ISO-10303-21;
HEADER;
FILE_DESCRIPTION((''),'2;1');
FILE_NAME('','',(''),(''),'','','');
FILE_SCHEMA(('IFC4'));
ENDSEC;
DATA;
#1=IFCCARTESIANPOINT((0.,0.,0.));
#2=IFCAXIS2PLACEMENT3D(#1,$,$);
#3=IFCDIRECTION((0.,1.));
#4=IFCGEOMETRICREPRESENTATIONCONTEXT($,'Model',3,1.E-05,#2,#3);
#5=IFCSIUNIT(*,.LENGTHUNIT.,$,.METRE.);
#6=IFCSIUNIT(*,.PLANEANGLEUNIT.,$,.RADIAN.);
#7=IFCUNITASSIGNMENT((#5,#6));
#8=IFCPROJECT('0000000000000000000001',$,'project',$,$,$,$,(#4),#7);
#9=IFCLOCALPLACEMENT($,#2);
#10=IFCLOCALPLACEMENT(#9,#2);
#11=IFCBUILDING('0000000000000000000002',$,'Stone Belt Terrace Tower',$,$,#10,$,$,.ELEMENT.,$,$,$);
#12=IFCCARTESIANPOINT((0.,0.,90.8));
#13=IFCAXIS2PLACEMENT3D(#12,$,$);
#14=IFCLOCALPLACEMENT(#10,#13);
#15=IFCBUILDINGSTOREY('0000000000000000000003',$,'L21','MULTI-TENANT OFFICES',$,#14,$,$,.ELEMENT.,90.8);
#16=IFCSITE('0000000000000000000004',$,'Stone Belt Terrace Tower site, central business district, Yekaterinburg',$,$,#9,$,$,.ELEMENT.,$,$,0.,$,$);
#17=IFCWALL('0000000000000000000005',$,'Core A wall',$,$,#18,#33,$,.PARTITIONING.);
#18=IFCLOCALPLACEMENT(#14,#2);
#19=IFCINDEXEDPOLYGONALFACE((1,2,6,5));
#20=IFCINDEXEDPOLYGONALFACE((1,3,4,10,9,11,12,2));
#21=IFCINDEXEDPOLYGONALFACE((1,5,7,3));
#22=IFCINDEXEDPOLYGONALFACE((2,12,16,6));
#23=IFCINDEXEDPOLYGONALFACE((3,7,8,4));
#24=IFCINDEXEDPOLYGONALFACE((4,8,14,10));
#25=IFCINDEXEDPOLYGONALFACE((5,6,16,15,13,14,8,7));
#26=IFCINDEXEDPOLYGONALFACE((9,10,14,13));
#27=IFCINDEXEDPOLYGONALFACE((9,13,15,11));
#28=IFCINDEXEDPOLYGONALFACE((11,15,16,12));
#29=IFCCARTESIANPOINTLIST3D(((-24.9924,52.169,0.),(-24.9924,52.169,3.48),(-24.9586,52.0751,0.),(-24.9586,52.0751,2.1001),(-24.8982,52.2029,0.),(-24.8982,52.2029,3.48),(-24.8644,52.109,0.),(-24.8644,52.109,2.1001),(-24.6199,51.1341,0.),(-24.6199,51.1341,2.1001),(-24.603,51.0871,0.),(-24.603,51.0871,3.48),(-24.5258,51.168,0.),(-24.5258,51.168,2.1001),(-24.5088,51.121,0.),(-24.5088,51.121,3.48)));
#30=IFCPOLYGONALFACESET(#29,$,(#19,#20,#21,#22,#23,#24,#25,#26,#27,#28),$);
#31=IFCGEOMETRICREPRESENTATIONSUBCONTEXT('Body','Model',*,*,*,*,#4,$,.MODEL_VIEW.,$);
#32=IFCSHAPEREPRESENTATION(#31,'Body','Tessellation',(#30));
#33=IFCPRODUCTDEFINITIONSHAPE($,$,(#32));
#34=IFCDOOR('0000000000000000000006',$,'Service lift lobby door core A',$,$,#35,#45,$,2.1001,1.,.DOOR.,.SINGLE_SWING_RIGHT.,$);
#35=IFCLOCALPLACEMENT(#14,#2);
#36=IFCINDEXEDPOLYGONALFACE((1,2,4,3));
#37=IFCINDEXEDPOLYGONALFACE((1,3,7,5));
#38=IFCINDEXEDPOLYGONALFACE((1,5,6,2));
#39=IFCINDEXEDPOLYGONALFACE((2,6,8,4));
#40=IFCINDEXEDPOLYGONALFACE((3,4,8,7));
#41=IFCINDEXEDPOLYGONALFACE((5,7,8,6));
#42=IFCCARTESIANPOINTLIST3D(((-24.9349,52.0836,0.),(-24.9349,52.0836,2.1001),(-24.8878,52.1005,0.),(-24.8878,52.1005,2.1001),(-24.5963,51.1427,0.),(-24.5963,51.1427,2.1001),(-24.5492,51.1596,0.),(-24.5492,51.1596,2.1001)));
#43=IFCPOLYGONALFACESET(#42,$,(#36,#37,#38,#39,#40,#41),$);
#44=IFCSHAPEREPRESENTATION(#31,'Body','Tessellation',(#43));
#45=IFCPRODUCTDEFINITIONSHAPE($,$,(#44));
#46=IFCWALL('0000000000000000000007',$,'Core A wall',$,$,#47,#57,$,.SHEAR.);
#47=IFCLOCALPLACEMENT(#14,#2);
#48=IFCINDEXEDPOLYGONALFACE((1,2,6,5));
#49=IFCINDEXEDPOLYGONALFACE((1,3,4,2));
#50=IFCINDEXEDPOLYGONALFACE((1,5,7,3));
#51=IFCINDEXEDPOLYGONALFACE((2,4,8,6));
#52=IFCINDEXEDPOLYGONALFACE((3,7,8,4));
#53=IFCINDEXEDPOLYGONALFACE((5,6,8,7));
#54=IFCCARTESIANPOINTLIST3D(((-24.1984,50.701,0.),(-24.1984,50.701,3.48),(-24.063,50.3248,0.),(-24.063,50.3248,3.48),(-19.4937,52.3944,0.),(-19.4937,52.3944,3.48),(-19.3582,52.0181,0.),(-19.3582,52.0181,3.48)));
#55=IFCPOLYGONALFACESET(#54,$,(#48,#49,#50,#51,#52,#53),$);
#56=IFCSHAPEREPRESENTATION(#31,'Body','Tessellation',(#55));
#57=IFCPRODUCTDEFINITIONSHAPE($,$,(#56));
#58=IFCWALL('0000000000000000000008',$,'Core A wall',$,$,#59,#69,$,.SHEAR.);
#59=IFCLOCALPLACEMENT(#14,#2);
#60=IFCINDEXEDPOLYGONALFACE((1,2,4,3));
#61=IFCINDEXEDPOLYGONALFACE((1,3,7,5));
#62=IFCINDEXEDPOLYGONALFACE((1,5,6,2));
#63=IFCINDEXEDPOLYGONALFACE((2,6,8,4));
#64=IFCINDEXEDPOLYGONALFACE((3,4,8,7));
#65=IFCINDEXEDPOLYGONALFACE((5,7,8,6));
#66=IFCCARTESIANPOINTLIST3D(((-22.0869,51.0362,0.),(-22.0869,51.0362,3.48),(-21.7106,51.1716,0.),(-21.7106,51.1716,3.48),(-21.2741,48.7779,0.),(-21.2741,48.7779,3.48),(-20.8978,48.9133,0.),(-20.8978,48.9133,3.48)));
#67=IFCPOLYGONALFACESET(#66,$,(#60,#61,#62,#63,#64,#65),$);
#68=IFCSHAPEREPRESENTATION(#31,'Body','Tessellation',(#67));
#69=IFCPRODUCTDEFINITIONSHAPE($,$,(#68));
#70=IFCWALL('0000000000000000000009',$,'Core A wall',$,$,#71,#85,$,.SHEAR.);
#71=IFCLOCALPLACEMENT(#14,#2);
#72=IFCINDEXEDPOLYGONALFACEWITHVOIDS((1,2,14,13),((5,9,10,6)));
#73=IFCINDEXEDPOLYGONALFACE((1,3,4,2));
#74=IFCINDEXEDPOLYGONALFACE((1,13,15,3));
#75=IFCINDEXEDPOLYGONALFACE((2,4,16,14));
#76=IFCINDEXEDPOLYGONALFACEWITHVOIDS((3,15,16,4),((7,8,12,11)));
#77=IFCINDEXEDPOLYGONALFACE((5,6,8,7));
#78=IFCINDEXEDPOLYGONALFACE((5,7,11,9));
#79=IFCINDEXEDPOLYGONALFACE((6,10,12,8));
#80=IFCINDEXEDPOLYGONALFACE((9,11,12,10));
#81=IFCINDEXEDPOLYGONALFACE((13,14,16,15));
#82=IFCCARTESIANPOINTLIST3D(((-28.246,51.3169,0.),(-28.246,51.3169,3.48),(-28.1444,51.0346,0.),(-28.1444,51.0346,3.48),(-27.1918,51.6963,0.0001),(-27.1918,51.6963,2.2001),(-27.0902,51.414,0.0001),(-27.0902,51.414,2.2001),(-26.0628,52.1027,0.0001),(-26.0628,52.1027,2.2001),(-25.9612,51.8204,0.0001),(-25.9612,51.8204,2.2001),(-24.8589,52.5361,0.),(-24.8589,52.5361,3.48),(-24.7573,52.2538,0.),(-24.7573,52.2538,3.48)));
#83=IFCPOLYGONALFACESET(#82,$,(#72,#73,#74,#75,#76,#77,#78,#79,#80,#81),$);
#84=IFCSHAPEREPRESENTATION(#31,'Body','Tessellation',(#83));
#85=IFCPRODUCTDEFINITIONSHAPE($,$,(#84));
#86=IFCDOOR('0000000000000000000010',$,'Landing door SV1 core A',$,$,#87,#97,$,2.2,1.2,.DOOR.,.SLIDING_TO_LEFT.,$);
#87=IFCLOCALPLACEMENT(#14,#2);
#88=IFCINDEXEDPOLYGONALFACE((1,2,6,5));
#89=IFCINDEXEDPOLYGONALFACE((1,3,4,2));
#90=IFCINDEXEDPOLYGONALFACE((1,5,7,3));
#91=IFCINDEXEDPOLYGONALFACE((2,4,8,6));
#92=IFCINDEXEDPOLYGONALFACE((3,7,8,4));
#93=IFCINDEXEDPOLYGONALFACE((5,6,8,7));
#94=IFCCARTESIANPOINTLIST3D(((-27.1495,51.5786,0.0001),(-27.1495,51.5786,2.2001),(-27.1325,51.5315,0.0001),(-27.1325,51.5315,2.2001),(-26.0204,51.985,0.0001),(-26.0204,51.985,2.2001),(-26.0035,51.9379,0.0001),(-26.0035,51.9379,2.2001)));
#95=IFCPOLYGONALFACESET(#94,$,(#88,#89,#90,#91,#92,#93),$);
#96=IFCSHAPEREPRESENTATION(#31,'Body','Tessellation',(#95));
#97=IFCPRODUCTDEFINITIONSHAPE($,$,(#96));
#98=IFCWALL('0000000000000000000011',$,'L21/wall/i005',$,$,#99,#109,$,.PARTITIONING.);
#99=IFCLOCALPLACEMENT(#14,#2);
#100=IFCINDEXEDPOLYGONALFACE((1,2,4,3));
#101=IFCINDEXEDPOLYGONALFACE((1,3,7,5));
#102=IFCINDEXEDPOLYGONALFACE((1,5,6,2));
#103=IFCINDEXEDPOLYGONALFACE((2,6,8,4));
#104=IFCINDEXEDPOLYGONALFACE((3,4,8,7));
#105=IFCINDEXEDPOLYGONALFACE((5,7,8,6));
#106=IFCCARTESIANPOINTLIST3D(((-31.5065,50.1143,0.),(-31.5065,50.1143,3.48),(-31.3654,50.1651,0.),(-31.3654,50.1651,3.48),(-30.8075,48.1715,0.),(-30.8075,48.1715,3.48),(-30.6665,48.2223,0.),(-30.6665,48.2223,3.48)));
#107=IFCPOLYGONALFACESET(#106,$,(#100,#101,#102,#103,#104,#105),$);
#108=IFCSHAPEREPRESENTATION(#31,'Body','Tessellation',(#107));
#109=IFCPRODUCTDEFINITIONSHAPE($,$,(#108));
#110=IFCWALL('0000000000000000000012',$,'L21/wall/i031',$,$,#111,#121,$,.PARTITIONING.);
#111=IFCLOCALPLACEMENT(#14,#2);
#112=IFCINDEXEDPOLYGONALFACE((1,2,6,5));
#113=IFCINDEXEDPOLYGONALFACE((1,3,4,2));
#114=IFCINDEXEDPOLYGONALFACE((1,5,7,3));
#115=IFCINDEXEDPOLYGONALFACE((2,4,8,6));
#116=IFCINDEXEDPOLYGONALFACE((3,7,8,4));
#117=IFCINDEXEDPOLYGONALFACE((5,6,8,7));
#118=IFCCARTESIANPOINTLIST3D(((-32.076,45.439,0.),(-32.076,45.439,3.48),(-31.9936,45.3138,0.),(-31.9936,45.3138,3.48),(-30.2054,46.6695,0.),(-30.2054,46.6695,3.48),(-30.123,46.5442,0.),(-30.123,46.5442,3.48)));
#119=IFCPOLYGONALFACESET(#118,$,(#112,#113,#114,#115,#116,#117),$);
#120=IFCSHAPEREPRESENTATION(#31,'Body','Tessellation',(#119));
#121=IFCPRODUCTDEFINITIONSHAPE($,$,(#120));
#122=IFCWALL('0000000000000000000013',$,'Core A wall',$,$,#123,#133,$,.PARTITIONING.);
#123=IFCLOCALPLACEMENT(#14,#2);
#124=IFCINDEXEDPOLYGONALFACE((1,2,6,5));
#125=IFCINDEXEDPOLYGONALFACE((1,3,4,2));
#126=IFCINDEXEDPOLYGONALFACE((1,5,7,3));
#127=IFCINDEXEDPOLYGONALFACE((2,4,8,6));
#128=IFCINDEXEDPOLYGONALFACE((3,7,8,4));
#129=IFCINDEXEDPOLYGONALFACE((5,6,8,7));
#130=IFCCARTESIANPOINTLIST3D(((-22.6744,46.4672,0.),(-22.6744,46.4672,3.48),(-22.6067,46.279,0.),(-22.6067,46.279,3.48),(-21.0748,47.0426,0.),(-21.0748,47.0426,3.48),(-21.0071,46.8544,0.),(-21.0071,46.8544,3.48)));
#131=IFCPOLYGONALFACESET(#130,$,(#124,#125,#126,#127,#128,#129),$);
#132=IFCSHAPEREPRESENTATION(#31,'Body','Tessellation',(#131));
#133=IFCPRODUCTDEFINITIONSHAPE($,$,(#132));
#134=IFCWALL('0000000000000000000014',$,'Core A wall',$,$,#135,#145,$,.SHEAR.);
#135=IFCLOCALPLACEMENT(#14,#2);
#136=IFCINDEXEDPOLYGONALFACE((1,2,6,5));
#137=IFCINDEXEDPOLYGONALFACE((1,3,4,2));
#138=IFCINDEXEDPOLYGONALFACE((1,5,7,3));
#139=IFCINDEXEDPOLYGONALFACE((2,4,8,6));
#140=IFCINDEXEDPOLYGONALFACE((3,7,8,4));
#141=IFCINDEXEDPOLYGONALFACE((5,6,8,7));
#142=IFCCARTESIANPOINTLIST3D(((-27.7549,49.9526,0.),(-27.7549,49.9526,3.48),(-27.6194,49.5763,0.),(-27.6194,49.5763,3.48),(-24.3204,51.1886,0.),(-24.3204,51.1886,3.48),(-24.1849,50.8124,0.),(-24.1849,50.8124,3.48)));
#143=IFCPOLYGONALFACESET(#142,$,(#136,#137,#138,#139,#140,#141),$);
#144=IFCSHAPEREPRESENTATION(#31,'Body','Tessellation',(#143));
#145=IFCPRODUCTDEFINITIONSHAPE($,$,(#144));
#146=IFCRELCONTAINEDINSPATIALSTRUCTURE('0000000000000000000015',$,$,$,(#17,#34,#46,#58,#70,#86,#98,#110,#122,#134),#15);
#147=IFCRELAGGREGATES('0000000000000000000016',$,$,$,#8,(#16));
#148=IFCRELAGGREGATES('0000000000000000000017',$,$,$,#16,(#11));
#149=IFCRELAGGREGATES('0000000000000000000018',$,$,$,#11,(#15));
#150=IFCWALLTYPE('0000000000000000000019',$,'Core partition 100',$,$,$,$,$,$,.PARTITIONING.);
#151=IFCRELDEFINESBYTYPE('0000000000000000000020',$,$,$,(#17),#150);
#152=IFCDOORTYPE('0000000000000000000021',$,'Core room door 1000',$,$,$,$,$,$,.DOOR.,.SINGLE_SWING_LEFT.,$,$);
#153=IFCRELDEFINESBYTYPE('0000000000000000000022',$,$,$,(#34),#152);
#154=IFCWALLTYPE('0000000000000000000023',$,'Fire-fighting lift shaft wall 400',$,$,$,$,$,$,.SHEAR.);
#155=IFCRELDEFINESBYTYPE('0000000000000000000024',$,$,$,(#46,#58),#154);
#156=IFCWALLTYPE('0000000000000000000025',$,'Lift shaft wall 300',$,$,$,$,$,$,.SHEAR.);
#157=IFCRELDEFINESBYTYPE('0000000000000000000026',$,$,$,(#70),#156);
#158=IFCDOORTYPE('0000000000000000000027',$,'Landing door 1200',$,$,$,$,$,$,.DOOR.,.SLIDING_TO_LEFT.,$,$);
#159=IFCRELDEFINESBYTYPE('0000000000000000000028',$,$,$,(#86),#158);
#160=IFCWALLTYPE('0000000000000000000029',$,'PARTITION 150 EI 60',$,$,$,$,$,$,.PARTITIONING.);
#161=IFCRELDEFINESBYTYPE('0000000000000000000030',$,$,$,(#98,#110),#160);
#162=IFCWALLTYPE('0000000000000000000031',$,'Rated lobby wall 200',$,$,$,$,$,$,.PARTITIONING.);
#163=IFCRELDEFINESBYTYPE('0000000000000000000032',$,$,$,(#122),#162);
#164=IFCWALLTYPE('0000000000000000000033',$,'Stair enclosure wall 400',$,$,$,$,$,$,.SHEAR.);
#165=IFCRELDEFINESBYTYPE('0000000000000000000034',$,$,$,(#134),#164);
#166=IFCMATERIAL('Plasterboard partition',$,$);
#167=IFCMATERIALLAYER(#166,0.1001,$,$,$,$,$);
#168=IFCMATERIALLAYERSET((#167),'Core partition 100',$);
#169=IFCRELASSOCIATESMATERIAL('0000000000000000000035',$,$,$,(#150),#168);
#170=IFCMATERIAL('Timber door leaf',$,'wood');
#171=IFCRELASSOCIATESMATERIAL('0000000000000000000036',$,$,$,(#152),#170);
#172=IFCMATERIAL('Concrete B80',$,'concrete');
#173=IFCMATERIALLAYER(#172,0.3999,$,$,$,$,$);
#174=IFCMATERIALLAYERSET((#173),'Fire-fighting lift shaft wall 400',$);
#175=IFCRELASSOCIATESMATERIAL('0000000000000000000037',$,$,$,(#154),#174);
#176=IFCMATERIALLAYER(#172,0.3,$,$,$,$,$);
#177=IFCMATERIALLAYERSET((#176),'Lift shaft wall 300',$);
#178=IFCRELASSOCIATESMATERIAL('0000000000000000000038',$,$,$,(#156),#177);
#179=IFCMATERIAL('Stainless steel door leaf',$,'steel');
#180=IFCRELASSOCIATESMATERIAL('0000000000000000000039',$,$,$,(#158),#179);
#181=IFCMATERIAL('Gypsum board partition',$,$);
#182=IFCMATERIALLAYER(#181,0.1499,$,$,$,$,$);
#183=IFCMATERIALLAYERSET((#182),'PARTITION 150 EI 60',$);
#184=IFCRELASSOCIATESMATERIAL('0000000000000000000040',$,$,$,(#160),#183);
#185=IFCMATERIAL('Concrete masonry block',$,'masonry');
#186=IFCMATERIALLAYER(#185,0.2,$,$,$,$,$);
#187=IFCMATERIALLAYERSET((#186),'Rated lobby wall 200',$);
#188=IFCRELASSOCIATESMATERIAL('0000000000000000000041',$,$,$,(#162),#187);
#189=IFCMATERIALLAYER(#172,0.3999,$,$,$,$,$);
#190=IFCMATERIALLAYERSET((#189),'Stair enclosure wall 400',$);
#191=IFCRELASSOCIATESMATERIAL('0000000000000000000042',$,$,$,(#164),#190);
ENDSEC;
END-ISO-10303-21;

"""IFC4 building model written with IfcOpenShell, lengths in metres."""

from ifc_helpers import new_model, si_unit, direction, frame, frame_2d, origin, place, context, subcontext, project, spatial, rectangle, extrude, material, layer, layer_set, type_object, element, fill, save


model = new_model("IFC4")

# Units and contexts
model_context = context("Model", 3, precision=1e-05, world=origin(), true_north=direction((0.0, 1.0)))
body_context = subcontext(model_context, "Body", "Model", "MODEL_VIEW")
ifc_project = project(units=[si_unit("LENGTHUNIT", "METRE"), si_unit("PLANEANGLEUNIT", "RADIAN")], contexts=[model_context])

# Site, building, storey
site_placement = place(None, origin())
site = spatial("IfcSite", under=ifc_project, at=site_placement, Name="Stone Belt Terrace Tower site, central business district, Yekaterinburg", CompositionType="ELEMENT", RefElevation=0.0)
building_placement = place(site_placement, origin())
building = spatial("IfcBuilding", under=site, at=building_placement, Name="Stone Belt Terrace Tower", CompositionType="ELEMENT")
storey_placement = place(building_placement, frame((0.0, 0.0, 90.8)))
storey = spatial("IfcBuildingStorey", under=building, at=storey_placement, Name="L21", Description="MULTI-TENANT OFFICES", CompositionType="ELEMENT", Elevation=90.8)

# Wall, opening, door
ifc_material_1 = material(Name="Plasterboard partition")
ifc_layer_1 = layer(ifc_material_1, 0.1001)
ifc_layer_set_1 = layer_set([ifc_layer_1], Name="Core partition 100")
wall_type_1 = type_object("IfcWallType", Name="Core partition 100", PredefinedType="PARTITIONING", material=ifc_layer_set_1)
wall_1_placement = place(storey_placement, frame((-24.5559, 51.104, 0.0), z_axis=(0.0, 0.0, 1.0), x_axis=(-0.338622, 0.940923, 0.0)))
wall_1 = element("IfcWall", 1, at=wall_1_placement, inside=storey, type_object=wall_type_1, Name="Core A wall", PredefinedType="PARTITIONING", context=body_context, shape_type="SweptSolid", body=[
    extrude(rectangle(XDim=1.1499, YDim=0.1001, at=frame_2d((0.575, 0.0))), origin(), (0.0, 0.0, 1.0), 3.48),
])
opening_1_placement = place(wall_1_placement, frame((0.05, 0.0, 0.0)))
opening_1 = element("IfcOpeningElement", 2, at=opening_1_placement, cuts=wall_1, PredefinedType="OPENING", context=body_context, shape_type="SweptSolid", body=[
    extrude(rectangle(XDim=1.0, YDim=2.1001, at=frame_2d((0.5, 1.05))), frame((0.0, 0.0601, 0.0), z_axis=(0.0, -1.0, 0.0), x_axis=(1.0, 0.0, 0.0)), (0.0, 0.0, 1.0), 0.1201),
])
ifc_material_2 = material(Name="Timber door leaf", Category="wood")
door_type_1 = type_object("IfcDoorType", Name="Core room door 1000", OperationType="SINGLE_SWING_LEFT", PredefinedType="DOOR", material=ifc_material_2)
door_1_placement = place(opening_1_placement, origin())
door_1 = element("IfcDoor", 3, at=door_1_placement, inside=storey, type_object=door_type_1, Name="Service lift lobby door core A", OperationType="SINGLE_SWING_RIGHT", OverallHeight=2.1001, OverallWidth=1.0, PredefinedType="DOOR", context=body_context, shape_type="SweptSolid", body=[
    extrude(rectangle(XDim=1.0, YDim=2.1001, at=frame_2d((0.5, 1.05))), frame((0.0, 0.0249, 0.0), z_axis=(0.0, -1.0, 0.0), x_axis=(1.0, 0.0, 0.0)), (0.0, 0.0, 1.0), 0.05),
])
fill(opening_1, door_1)

# Walls
ifc_material_3 = material(Name="Concrete B80", Category="concrete")
ifc_layer_2 = layer(ifc_material_3, 0.3999)
ifc_layer_set_2 = layer_set([ifc_layer_2], Name="Fire-fighting lift shaft wall 400")
wall_type_2 = type_object("IfcWallType", Name="Fire-fighting lift shaft wall 400", PredefinedType="SHEAR", material=ifc_layer_set_2)
wall_2_placement = place(storey_placement, frame((-24.1306, 50.5129, 0.0), z_axis=(0.0, 0.0, 1.0), x_axis=(0.940912, 0.338652, 0.0)))
element("IfcWall", 4, at=wall_2_placement, inside=storey, type_object=wall_type_2, Name="Core A wall", PredefinedType="SHEAR", context=body_context, shape_type="SweptSolid", body=[
    extrude(rectangle(XDim=5.0002, YDim=0.3999, at=frame_2d((2.5, 0.0))), origin(), (0.0, 0.0, 1.0), 3.48),
])
wall_3_placement = place(storey_placement, frame((-21.0859, 48.8455, 0.0), z_axis=(0.0, 0.0, 1.0), x_axis=(-0.338629, 0.94092, 0.0)))
element("IfcWall", 5, at=wall_3_placement, inside=storey, type_object=wall_type_2, Name="Core A wall", PredefinedType="SHEAR", context=body_context, shape_type="SweptSolid", body=[
    extrude(rectangle(XDim=2.4001, YDim=0.3999, at=frame_2d((1.2002, 0.0))), origin(), (0.0, 0.0, 1.0), 3.48),
])

# Wall, opening, door
ifc_layer_3 = layer(ifc_material_3, 0.3)
ifc_layer_set_3 = layer_set([ifc_layer_3], Name="Lift shaft wall 300")
wall_type_3 = type_object("IfcWallType", Name="Lift shaft wall 300", PredefinedType="SHEAR", material=ifc_layer_set_3)
wall_4_placement = place(storey_placement, frame((-28.1951, 51.1758, 0.0), z_axis=(0.0, 0.0, 1.0), x_axis=(0.940901, 0.338681, 0.0)))
wall_4 = element("IfcWall", 6, at=wall_4_placement, inside=storey, type_object=wall_type_3, Name="Core A wall", PredefinedType="SHEAR", context=body_context, shape_type="SweptSolid", body=[
    extrude(rectangle(XDim=3.5999, YDim=0.3, at=frame_2d((1.7998, 0.0))), origin(), (0.0, 0.0, 1.0), 3.48),
])
opening_2_placement = place(wall_4_placement, frame((1.1201, 0.0, 0.0)))
opening_2 = element("IfcOpeningElement", 7, at=opening_2_placement, cuts=wall_4, PredefinedType="OPENING", context=body_context, shape_type="SweptSolid", body=[
    extrude(rectangle(XDim=1.2, YDim=2.2, at=frame_2d((0.6001, 1.1001))), frame((0.0, 0.1599, 0.0), z_axis=(0.0, -1.0, 0.0), x_axis=(1.0, 0.0, 0.0)), (0.0, 0.0, 1.0), 0.3201),
])
ifc_material_4 = material(Name="Stainless steel door leaf", Category="steel")
door_type_2 = type_object("IfcDoorType", Name="Landing door 1200", OperationType="SLIDING_TO_LEFT", PredefinedType="DOOR", material=ifc_material_4)
door_2_placement = place(opening_2_placement, origin())
door_2 = element("IfcDoor", 8, at=door_2_placement, inside=storey, type_object=door_type_2, Name="Landing door SV1 core A", OperationType="SLIDING_TO_LEFT", OverallHeight=2.2, OverallWidth=1.2, PredefinedType="DOOR", context=body_context, shape_type="SweptSolid", body=[
    extrude(rectangle(XDim=1.2, YDim=2.2, at=frame_2d((0.6001, 1.1001))), frame((0.0, 0.0249, 0.0), z_axis=(0.0, -1.0, 0.0), x_axis=(1.0, 0.0, 0.0)), (0.0, 0.0, 1.0), 0.05),
])
fill(opening_2, door_2)

# Walls
ifc_material_5 = material(Name="Gypsum board partition")
ifc_layer_4 = layer(ifc_material_5, 0.1499)
ifc_layer_set_4 = layer_set([ifc_layer_4], Name="PARTITION 150 EI 60")
wall_type_4 = type_object("IfcWallType", Name="PARTITION 150 EI 60", PredefinedType="PARTITIONING", material=ifc_layer_set_4)
wall_5_placement = place(storey_placement, frame((-30.7371, 48.197, 0.0), z_axis=(0.0, 0.0, 1.0), x_axis=(-0.338523, 0.940958, 0.0)))
element("IfcWall", 9, at=wall_5_placement, inside=storey, type_object=wall_type_4, Name="L21/wall/i005", PredefinedType="PARTITIONING", context=body_context, shape_type="SweptSolid", body=[
    extrude(rectangle(XDim=2.0647, YDim=0.1499, at=frame_2d((1.0322, 0.0))), origin(), (0.0, 0.0, 1.0), 3.48),
])
wall_6_placement = place(storey_placement, frame((-30.1641, 46.6069, 0.0), z_axis=(0.0, 0.0, 1.0), x_axis=(-0.835457, -0.549556, 0.0)))
element("IfcWall", 10, at=wall_6_placement, inside=storey, type_object=wall_type_4, Name="L21/wall/i031", PredefinedType="PARTITIONING", context=body_context, shape_type="SweptSolid", body=[
    extrude(rectangle(XDim=2.239, YDim=0.1499, at=frame_2d((1.1196, 0.0))), origin(), (0.0, 0.0, 1.0), 3.48),
])
ifc_material_6 = material(Name="Concrete masonry block", Category="masonry")
ifc_layer_5 = layer(ifc_material_6, 0.2)
ifc_layer_set_5 = layer_set([ifc_layer_5], Name="Rated lobby wall 200")
wall_type_5 = type_object("IfcWallType", Name="Rated lobby wall 200", PredefinedType="PARTITIONING", material=ifc_layer_set_5)
wall_7_placement = place(storey_placement, frame((-22.6406, 46.373, 0.0), z_axis=(0.0, 0.0, 1.0), x_axis=(0.940966, 0.338501, 0.0)))
element("IfcWall", 11, at=wall_7_placement, inside=storey, type_object=wall_type_5, Name="Core A wall", PredefinedType="PARTITIONING", context=body_context, shape_type="SweptSolid", body=[
    extrude(rectangle(XDim=1.7, YDim=0.2, at=frame_2d((0.8501, 0.0))), origin(), (0.0, 0.0, 1.0), 3.48),
])
ifc_layer_6 = layer(ifc_material_3, 0.3999)
ifc_layer_set_6 = layer_set([ifc_layer_6], Name="Stair enclosure wall 400")
wall_type_6 = type_object("IfcWallType", Name="Stair enclosure wall 400", PredefinedType="SHEAR", material=ifc_layer_set_6)
wall_8_placement = place(storey_placement, frame((-27.6873, 49.7644, 0.0), z_axis=(0.0, 0.0, 1.0), x_axis=(0.940919, 0.338632, 0.0)))
element("IfcWall", 12, at=wall_8_placement, inside=storey, type_object=wall_type_6, Name="Core A wall", PredefinedType="SHEAR", context=body_context, shape_type="SweptSolid", body=[
    extrude(rectangle(XDim=3.6501, YDim=0.3999, at=frame_2d((1.8252, 0.0))), origin(), (0.0, 0.0, 1.0), 3.48),
])

save(model, "model.ifc")
